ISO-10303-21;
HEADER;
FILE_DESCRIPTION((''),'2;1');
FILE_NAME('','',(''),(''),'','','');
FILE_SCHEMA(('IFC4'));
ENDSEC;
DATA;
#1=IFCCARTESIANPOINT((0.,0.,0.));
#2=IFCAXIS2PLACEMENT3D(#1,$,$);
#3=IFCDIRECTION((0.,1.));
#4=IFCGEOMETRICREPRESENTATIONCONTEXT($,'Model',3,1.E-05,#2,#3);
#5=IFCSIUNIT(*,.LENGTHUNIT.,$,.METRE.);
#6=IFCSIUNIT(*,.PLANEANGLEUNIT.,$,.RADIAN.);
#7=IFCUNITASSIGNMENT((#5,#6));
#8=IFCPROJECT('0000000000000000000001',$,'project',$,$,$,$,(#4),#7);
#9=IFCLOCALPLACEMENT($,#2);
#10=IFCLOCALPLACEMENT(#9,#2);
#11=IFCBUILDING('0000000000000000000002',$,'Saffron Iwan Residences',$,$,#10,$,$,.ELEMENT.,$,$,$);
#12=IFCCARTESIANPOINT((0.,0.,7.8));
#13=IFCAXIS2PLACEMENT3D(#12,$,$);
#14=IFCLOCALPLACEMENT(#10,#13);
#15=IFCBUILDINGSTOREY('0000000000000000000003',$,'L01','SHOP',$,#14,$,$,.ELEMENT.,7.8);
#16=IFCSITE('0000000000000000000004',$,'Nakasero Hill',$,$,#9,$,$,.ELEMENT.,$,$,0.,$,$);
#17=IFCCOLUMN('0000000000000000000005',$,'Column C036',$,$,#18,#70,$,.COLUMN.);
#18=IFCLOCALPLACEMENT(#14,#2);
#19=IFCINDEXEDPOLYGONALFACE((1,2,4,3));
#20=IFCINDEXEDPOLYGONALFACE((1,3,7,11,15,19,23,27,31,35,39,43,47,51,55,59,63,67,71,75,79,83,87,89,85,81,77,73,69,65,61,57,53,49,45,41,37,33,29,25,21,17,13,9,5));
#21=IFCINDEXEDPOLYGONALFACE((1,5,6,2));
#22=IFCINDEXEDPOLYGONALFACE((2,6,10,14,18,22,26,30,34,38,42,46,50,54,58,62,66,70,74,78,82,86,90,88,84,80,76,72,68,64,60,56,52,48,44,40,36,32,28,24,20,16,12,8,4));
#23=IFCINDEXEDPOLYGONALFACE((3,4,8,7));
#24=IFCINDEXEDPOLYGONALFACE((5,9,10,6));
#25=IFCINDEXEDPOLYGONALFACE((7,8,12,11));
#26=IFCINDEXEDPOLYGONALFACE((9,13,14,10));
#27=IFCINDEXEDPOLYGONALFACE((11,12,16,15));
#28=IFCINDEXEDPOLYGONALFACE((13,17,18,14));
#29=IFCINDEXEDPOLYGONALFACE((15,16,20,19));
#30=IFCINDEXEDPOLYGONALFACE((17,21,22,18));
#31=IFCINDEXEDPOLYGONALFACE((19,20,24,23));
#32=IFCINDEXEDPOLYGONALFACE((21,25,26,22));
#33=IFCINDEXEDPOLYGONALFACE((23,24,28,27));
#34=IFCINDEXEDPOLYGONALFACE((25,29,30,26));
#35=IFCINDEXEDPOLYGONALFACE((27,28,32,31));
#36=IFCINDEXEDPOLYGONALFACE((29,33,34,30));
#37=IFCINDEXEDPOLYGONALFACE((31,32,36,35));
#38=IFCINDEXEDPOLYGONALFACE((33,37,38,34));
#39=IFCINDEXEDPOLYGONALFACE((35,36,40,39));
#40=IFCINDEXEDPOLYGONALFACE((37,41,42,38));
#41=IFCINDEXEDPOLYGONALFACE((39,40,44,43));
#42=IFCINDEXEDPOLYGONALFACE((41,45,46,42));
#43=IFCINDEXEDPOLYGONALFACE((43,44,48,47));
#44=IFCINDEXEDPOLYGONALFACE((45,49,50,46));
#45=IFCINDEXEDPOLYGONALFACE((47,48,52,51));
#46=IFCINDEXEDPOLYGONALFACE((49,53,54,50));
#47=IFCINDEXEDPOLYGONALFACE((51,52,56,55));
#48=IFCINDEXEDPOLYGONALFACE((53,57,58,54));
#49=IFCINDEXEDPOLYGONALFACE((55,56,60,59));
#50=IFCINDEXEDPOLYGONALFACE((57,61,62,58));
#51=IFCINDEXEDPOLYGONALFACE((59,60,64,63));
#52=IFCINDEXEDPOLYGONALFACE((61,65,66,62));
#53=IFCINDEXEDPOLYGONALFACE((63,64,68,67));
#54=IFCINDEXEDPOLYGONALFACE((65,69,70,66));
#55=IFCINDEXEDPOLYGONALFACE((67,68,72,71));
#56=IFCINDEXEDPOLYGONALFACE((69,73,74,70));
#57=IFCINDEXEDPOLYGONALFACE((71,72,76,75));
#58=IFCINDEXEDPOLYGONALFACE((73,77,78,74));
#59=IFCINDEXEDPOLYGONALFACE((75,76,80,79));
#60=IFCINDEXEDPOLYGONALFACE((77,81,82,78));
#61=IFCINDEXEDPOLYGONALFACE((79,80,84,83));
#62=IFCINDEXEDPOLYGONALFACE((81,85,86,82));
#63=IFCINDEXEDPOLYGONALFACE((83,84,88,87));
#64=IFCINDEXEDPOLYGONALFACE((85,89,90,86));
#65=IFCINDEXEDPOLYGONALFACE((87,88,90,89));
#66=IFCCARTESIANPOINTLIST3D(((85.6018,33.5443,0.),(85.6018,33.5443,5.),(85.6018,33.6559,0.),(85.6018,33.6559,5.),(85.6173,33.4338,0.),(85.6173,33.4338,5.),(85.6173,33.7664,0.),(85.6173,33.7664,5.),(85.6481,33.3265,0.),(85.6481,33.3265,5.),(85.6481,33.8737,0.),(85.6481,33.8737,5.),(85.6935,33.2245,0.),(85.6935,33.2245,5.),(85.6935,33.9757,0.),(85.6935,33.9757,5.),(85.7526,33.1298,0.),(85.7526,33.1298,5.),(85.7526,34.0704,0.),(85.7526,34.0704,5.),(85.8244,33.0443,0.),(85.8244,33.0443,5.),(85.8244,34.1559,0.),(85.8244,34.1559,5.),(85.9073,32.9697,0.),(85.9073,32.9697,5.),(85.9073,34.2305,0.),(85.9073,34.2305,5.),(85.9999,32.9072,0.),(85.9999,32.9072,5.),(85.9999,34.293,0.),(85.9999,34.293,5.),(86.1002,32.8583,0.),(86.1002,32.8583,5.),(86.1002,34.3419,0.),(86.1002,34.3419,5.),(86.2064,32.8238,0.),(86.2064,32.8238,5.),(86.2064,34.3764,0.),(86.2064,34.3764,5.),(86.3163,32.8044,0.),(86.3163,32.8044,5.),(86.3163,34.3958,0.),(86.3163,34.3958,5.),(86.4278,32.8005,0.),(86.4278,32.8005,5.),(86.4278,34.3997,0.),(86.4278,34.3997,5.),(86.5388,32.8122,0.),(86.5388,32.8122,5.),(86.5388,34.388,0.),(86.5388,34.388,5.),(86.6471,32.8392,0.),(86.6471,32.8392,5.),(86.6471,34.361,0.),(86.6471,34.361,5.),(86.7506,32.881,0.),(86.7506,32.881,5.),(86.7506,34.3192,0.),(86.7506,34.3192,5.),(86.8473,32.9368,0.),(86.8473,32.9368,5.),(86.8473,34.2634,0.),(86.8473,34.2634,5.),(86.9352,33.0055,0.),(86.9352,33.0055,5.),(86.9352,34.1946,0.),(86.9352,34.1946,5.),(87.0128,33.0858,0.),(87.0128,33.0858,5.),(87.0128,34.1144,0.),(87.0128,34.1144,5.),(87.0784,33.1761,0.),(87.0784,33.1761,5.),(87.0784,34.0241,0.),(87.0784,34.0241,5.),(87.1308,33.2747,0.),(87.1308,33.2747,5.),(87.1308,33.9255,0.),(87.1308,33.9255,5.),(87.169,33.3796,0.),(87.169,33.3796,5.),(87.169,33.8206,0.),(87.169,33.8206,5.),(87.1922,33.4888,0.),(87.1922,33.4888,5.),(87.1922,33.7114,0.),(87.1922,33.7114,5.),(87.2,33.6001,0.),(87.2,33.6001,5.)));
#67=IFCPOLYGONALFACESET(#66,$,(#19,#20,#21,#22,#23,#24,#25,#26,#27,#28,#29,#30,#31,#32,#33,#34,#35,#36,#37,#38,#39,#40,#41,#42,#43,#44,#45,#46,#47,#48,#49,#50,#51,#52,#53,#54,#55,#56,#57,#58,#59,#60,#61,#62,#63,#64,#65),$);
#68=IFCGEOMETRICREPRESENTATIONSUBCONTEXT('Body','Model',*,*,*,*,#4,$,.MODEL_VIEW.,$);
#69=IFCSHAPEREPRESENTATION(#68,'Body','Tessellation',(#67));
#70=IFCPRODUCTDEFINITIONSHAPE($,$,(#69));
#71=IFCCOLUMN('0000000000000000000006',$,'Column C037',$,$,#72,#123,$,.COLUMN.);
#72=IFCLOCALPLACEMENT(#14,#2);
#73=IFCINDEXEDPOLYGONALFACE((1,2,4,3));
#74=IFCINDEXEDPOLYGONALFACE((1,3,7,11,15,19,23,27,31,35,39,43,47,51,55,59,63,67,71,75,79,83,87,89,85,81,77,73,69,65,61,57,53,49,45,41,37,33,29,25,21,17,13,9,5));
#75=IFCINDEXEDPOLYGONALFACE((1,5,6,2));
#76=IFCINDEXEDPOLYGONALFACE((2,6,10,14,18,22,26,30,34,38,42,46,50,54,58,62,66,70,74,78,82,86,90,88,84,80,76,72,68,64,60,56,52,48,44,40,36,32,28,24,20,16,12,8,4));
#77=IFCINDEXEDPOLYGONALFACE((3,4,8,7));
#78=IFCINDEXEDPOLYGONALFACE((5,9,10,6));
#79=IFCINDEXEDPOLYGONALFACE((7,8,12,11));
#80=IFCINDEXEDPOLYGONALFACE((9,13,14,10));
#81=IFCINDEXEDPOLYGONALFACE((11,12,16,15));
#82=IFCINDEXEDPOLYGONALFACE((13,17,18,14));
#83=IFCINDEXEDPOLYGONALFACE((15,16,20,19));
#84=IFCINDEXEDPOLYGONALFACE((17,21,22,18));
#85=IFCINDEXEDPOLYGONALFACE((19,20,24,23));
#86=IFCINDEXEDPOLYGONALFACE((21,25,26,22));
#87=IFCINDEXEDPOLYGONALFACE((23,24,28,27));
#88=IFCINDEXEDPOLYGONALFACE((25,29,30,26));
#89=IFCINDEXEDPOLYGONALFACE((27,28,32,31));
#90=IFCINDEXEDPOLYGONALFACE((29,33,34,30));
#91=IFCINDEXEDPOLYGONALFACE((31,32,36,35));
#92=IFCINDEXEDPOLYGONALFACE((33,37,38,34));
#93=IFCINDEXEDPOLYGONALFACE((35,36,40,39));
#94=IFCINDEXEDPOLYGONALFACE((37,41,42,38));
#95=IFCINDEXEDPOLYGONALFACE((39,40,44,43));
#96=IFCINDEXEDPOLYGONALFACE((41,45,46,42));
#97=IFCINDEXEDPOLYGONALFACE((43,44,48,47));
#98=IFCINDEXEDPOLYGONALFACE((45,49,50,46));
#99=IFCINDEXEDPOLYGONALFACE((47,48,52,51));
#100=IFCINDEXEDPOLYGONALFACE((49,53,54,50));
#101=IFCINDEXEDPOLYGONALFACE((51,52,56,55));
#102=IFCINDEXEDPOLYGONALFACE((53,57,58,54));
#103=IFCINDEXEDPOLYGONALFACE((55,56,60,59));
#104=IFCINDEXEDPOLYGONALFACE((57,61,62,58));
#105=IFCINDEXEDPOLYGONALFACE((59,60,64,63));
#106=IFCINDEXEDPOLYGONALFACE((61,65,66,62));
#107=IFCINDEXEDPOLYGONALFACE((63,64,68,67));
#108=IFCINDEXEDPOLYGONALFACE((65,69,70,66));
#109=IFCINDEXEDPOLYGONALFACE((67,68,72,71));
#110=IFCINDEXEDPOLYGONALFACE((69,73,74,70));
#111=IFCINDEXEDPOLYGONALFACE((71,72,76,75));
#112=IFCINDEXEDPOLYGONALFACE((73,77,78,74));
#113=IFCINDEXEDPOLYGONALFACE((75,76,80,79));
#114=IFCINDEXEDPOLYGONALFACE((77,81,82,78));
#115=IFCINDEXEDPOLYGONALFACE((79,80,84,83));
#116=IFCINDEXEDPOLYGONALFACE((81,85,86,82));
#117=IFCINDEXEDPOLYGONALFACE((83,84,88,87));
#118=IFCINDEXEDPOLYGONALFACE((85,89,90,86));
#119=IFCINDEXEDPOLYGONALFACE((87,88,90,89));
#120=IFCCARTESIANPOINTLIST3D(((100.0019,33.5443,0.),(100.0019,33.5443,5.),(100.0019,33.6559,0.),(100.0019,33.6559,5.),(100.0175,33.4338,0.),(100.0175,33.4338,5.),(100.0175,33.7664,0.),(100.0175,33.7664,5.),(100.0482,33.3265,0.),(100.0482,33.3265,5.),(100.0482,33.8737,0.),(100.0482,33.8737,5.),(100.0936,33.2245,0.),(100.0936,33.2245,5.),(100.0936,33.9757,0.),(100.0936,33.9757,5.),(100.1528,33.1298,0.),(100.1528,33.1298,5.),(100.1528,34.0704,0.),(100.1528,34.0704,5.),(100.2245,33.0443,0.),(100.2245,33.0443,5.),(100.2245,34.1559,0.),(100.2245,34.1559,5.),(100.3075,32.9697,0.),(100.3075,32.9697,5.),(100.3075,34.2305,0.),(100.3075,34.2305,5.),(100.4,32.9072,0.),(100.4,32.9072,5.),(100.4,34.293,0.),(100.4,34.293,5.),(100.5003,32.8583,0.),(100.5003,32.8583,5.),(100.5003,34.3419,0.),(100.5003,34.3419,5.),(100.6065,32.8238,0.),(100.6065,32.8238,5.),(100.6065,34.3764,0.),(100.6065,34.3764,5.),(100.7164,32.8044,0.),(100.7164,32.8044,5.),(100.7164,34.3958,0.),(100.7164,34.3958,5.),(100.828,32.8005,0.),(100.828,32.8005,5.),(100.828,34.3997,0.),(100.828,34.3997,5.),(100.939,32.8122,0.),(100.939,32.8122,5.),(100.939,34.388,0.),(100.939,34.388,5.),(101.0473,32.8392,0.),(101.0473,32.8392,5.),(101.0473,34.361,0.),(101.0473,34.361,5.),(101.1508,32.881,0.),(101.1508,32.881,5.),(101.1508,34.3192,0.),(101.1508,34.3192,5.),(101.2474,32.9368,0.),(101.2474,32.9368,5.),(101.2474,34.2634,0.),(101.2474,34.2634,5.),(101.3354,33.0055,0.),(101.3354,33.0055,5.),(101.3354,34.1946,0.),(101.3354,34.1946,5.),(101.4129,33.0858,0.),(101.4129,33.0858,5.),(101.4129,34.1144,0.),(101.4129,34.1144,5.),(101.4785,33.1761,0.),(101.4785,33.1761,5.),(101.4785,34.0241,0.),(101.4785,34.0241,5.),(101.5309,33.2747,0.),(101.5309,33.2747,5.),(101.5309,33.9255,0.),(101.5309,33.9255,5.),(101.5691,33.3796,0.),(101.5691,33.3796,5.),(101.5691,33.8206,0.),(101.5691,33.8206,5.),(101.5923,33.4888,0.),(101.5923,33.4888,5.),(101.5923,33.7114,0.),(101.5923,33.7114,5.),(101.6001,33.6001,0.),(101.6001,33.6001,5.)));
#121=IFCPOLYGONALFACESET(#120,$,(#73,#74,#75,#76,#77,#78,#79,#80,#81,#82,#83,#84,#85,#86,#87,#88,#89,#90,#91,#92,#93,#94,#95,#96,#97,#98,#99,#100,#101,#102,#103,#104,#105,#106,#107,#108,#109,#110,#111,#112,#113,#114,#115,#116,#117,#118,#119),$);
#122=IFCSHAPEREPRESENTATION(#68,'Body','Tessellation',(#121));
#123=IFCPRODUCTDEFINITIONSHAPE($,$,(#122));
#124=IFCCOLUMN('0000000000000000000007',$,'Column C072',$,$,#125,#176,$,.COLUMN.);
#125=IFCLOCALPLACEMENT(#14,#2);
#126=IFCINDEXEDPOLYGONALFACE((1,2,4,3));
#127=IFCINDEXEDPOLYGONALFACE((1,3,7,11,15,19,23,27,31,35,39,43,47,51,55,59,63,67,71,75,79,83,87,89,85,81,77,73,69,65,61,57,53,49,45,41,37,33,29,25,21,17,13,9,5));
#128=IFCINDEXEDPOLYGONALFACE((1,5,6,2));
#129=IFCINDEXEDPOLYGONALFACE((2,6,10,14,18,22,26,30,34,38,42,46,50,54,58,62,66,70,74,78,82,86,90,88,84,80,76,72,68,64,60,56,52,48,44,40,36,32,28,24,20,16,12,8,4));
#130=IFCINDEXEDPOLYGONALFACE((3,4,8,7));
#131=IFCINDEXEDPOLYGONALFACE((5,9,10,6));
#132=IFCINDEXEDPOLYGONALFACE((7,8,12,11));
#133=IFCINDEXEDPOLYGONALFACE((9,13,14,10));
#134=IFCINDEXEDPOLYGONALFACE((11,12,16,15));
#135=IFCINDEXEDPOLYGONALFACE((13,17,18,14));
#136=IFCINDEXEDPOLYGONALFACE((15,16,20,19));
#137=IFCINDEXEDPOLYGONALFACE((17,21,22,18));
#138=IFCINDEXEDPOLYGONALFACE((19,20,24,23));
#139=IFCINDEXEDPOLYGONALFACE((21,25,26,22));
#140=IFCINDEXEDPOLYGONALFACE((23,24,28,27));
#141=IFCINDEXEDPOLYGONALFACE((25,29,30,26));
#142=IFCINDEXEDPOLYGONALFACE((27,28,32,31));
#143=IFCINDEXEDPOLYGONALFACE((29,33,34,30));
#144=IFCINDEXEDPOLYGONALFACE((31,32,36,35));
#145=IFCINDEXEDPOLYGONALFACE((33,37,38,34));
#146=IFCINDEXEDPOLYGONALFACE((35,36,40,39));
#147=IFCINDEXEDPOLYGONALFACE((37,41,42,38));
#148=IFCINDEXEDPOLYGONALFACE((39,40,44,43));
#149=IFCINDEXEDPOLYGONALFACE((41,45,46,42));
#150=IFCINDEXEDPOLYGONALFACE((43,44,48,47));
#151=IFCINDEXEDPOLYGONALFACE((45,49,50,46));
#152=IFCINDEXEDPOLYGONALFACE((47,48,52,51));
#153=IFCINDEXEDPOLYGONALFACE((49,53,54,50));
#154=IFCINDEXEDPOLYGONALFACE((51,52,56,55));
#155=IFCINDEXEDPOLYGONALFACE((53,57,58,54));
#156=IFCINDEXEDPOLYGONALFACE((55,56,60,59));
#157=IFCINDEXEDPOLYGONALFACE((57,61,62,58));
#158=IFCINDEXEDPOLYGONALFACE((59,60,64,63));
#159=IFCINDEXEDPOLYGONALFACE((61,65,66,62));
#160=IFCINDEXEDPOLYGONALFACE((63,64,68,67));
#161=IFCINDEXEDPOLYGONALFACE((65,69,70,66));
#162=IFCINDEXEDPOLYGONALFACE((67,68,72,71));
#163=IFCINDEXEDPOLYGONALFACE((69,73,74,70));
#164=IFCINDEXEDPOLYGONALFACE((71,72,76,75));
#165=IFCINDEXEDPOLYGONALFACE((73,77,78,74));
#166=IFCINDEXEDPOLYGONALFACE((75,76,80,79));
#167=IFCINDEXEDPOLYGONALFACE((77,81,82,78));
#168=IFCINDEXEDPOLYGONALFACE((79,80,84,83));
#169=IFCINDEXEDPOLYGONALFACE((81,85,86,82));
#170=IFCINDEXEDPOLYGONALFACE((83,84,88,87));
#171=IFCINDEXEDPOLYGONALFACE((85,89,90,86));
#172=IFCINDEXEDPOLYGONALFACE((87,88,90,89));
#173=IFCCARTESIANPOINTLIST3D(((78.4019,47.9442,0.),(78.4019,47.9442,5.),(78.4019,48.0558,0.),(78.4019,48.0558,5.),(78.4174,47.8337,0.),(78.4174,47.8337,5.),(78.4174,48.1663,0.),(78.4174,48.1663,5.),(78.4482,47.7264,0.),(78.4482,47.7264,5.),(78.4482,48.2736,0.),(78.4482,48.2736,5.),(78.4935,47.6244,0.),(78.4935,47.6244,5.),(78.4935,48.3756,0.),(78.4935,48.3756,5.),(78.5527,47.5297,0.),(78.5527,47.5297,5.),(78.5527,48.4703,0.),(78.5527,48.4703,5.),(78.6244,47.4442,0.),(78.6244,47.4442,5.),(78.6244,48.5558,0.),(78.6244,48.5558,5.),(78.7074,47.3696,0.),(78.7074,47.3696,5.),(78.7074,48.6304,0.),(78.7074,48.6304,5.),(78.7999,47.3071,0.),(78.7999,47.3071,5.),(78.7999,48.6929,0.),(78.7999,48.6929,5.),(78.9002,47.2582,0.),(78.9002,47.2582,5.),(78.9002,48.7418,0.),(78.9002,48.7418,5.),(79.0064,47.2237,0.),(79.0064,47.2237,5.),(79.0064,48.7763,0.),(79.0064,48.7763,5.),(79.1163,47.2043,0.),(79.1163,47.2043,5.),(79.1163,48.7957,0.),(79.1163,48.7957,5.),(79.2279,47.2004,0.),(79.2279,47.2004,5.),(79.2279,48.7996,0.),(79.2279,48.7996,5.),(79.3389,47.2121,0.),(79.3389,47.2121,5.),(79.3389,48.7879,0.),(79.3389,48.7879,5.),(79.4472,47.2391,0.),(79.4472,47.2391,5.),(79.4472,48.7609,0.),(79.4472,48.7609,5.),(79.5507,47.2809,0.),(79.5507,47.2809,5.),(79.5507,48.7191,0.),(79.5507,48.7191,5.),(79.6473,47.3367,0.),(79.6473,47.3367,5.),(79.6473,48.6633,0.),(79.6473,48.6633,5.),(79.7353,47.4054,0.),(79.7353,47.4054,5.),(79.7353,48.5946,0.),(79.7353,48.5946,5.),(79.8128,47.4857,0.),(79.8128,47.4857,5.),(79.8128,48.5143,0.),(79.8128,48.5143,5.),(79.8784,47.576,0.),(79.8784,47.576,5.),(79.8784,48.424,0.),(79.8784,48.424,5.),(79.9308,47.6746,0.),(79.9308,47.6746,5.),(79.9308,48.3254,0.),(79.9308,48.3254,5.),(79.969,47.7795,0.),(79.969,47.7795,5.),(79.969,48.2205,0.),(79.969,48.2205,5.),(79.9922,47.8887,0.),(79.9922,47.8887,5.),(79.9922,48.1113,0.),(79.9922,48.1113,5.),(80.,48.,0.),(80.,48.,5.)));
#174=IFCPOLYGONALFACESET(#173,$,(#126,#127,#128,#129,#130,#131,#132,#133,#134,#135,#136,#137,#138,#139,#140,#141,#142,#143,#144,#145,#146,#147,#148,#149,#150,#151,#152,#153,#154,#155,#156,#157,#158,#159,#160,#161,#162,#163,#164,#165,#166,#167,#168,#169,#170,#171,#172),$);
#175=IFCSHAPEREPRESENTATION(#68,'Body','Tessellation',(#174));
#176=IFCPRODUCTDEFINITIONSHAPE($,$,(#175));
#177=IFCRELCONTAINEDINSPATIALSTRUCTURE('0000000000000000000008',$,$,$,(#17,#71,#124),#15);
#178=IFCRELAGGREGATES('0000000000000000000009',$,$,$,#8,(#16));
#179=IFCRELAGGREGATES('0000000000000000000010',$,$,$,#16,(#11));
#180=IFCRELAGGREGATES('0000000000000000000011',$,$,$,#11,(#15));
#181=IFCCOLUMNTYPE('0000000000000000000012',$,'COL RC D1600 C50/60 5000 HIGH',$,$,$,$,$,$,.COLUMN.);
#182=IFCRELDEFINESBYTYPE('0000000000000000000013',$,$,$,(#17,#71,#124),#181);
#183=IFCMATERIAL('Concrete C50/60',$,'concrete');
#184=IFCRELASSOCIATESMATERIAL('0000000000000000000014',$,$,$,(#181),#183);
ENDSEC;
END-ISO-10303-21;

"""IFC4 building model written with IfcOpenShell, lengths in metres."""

from ifc_helpers import new_model, si_unit, direction, frame, origin, origin_2d, place, context, subcontext, project, spatial, circle, extrude, source, transform, mapped, material, material_profile, profile_set, type_object, element, save


model = new_model("IFC4")

# Units and contexts
model_context = context("Model", 3, precision=1e-05, world=origin(), true_north=direction((0.0, 1.0)))
body_context = subcontext(model_context, "Body", "Model", "MODEL_VIEW")
ifc_project = project(units=[si_unit("LENGTHUNIT", "METRE"), si_unit("PLANEANGLEUNIT", "RADIAN")], contexts=[model_context])

# Site, building, storey
site_placement = place(None, origin())
site = spatial("IfcSite", under=ifc_project, at=site_placement, Name="Nakasero Hill", CompositionType="ELEMENT", RefElevation=0.0)
building_placement = place(site_placement, origin())
building = spatial("IfcBuilding", under=site, at=building_placement, Name="Saffron Iwan Residences", CompositionType="ELEMENT")
storey_placement = place(building_placement, frame((0.0, 0.0, 7.8)))
storey = spatial("IfcBuildingStorey", under=building, at=storey_placement, Name="L01", Description="SHOP", CompositionType="ELEMENT", Elevation=7.8)

# Columns
ifc_material_1 = material(Name="Concrete C50/60", Category="concrete")
ifc_material_profile_1 = material_profile(ifc_material_1, circle(Radius=0.8, at=origin_2d()), Name="RC D1600")
ifc_profile_set_1 = profile_set([ifc_material_profile_1], Name="Concrete C50/60")
column_type = type_object("IfcColumnType", Name="COL RC D1600 C50/60 5000 HIGH", PredefinedType="COLUMN", material=ifc_profile_set_1)
shared_shape_1 = source(origin(), body_context, "Body", "SweptSolid", [
    extrude(circle(Radius=0.8, at=origin_2d()), origin(), (0.0, 0.0, 1.0), 5.0),
])
for number, where, z_axis, x_axis, name in (
    (1, (86.3999, 33.6001, 0.0), (0.0, 0.0, 1.0), (1.0, 0.0, 0.0), "Column C036"),
    (2, (100.8, 33.6001, 0.0), (0.0, 0.0, 1.0), (1.0, 0.0, 0.0), "Column C037"),
    (3, (79.2, 48.0, 0.0), (0.0, 0.0, 1.0), (1.0, 0.0, 0.0), "Column C072"),
):
    element("IfcColumn", number, at=place(storey_placement, frame(where, z_axis=z_axis, x_axis=x_axis)), inside=storey, type_object=column_type, Name=name, PredefinedType="COLUMN", context=body_context, shape_type="MappedRepresentation", body=[
        mapped(shared_shape_1, transform((0.0, 0.0, 0.0))),
    ])

save(model, "model.ifc")
